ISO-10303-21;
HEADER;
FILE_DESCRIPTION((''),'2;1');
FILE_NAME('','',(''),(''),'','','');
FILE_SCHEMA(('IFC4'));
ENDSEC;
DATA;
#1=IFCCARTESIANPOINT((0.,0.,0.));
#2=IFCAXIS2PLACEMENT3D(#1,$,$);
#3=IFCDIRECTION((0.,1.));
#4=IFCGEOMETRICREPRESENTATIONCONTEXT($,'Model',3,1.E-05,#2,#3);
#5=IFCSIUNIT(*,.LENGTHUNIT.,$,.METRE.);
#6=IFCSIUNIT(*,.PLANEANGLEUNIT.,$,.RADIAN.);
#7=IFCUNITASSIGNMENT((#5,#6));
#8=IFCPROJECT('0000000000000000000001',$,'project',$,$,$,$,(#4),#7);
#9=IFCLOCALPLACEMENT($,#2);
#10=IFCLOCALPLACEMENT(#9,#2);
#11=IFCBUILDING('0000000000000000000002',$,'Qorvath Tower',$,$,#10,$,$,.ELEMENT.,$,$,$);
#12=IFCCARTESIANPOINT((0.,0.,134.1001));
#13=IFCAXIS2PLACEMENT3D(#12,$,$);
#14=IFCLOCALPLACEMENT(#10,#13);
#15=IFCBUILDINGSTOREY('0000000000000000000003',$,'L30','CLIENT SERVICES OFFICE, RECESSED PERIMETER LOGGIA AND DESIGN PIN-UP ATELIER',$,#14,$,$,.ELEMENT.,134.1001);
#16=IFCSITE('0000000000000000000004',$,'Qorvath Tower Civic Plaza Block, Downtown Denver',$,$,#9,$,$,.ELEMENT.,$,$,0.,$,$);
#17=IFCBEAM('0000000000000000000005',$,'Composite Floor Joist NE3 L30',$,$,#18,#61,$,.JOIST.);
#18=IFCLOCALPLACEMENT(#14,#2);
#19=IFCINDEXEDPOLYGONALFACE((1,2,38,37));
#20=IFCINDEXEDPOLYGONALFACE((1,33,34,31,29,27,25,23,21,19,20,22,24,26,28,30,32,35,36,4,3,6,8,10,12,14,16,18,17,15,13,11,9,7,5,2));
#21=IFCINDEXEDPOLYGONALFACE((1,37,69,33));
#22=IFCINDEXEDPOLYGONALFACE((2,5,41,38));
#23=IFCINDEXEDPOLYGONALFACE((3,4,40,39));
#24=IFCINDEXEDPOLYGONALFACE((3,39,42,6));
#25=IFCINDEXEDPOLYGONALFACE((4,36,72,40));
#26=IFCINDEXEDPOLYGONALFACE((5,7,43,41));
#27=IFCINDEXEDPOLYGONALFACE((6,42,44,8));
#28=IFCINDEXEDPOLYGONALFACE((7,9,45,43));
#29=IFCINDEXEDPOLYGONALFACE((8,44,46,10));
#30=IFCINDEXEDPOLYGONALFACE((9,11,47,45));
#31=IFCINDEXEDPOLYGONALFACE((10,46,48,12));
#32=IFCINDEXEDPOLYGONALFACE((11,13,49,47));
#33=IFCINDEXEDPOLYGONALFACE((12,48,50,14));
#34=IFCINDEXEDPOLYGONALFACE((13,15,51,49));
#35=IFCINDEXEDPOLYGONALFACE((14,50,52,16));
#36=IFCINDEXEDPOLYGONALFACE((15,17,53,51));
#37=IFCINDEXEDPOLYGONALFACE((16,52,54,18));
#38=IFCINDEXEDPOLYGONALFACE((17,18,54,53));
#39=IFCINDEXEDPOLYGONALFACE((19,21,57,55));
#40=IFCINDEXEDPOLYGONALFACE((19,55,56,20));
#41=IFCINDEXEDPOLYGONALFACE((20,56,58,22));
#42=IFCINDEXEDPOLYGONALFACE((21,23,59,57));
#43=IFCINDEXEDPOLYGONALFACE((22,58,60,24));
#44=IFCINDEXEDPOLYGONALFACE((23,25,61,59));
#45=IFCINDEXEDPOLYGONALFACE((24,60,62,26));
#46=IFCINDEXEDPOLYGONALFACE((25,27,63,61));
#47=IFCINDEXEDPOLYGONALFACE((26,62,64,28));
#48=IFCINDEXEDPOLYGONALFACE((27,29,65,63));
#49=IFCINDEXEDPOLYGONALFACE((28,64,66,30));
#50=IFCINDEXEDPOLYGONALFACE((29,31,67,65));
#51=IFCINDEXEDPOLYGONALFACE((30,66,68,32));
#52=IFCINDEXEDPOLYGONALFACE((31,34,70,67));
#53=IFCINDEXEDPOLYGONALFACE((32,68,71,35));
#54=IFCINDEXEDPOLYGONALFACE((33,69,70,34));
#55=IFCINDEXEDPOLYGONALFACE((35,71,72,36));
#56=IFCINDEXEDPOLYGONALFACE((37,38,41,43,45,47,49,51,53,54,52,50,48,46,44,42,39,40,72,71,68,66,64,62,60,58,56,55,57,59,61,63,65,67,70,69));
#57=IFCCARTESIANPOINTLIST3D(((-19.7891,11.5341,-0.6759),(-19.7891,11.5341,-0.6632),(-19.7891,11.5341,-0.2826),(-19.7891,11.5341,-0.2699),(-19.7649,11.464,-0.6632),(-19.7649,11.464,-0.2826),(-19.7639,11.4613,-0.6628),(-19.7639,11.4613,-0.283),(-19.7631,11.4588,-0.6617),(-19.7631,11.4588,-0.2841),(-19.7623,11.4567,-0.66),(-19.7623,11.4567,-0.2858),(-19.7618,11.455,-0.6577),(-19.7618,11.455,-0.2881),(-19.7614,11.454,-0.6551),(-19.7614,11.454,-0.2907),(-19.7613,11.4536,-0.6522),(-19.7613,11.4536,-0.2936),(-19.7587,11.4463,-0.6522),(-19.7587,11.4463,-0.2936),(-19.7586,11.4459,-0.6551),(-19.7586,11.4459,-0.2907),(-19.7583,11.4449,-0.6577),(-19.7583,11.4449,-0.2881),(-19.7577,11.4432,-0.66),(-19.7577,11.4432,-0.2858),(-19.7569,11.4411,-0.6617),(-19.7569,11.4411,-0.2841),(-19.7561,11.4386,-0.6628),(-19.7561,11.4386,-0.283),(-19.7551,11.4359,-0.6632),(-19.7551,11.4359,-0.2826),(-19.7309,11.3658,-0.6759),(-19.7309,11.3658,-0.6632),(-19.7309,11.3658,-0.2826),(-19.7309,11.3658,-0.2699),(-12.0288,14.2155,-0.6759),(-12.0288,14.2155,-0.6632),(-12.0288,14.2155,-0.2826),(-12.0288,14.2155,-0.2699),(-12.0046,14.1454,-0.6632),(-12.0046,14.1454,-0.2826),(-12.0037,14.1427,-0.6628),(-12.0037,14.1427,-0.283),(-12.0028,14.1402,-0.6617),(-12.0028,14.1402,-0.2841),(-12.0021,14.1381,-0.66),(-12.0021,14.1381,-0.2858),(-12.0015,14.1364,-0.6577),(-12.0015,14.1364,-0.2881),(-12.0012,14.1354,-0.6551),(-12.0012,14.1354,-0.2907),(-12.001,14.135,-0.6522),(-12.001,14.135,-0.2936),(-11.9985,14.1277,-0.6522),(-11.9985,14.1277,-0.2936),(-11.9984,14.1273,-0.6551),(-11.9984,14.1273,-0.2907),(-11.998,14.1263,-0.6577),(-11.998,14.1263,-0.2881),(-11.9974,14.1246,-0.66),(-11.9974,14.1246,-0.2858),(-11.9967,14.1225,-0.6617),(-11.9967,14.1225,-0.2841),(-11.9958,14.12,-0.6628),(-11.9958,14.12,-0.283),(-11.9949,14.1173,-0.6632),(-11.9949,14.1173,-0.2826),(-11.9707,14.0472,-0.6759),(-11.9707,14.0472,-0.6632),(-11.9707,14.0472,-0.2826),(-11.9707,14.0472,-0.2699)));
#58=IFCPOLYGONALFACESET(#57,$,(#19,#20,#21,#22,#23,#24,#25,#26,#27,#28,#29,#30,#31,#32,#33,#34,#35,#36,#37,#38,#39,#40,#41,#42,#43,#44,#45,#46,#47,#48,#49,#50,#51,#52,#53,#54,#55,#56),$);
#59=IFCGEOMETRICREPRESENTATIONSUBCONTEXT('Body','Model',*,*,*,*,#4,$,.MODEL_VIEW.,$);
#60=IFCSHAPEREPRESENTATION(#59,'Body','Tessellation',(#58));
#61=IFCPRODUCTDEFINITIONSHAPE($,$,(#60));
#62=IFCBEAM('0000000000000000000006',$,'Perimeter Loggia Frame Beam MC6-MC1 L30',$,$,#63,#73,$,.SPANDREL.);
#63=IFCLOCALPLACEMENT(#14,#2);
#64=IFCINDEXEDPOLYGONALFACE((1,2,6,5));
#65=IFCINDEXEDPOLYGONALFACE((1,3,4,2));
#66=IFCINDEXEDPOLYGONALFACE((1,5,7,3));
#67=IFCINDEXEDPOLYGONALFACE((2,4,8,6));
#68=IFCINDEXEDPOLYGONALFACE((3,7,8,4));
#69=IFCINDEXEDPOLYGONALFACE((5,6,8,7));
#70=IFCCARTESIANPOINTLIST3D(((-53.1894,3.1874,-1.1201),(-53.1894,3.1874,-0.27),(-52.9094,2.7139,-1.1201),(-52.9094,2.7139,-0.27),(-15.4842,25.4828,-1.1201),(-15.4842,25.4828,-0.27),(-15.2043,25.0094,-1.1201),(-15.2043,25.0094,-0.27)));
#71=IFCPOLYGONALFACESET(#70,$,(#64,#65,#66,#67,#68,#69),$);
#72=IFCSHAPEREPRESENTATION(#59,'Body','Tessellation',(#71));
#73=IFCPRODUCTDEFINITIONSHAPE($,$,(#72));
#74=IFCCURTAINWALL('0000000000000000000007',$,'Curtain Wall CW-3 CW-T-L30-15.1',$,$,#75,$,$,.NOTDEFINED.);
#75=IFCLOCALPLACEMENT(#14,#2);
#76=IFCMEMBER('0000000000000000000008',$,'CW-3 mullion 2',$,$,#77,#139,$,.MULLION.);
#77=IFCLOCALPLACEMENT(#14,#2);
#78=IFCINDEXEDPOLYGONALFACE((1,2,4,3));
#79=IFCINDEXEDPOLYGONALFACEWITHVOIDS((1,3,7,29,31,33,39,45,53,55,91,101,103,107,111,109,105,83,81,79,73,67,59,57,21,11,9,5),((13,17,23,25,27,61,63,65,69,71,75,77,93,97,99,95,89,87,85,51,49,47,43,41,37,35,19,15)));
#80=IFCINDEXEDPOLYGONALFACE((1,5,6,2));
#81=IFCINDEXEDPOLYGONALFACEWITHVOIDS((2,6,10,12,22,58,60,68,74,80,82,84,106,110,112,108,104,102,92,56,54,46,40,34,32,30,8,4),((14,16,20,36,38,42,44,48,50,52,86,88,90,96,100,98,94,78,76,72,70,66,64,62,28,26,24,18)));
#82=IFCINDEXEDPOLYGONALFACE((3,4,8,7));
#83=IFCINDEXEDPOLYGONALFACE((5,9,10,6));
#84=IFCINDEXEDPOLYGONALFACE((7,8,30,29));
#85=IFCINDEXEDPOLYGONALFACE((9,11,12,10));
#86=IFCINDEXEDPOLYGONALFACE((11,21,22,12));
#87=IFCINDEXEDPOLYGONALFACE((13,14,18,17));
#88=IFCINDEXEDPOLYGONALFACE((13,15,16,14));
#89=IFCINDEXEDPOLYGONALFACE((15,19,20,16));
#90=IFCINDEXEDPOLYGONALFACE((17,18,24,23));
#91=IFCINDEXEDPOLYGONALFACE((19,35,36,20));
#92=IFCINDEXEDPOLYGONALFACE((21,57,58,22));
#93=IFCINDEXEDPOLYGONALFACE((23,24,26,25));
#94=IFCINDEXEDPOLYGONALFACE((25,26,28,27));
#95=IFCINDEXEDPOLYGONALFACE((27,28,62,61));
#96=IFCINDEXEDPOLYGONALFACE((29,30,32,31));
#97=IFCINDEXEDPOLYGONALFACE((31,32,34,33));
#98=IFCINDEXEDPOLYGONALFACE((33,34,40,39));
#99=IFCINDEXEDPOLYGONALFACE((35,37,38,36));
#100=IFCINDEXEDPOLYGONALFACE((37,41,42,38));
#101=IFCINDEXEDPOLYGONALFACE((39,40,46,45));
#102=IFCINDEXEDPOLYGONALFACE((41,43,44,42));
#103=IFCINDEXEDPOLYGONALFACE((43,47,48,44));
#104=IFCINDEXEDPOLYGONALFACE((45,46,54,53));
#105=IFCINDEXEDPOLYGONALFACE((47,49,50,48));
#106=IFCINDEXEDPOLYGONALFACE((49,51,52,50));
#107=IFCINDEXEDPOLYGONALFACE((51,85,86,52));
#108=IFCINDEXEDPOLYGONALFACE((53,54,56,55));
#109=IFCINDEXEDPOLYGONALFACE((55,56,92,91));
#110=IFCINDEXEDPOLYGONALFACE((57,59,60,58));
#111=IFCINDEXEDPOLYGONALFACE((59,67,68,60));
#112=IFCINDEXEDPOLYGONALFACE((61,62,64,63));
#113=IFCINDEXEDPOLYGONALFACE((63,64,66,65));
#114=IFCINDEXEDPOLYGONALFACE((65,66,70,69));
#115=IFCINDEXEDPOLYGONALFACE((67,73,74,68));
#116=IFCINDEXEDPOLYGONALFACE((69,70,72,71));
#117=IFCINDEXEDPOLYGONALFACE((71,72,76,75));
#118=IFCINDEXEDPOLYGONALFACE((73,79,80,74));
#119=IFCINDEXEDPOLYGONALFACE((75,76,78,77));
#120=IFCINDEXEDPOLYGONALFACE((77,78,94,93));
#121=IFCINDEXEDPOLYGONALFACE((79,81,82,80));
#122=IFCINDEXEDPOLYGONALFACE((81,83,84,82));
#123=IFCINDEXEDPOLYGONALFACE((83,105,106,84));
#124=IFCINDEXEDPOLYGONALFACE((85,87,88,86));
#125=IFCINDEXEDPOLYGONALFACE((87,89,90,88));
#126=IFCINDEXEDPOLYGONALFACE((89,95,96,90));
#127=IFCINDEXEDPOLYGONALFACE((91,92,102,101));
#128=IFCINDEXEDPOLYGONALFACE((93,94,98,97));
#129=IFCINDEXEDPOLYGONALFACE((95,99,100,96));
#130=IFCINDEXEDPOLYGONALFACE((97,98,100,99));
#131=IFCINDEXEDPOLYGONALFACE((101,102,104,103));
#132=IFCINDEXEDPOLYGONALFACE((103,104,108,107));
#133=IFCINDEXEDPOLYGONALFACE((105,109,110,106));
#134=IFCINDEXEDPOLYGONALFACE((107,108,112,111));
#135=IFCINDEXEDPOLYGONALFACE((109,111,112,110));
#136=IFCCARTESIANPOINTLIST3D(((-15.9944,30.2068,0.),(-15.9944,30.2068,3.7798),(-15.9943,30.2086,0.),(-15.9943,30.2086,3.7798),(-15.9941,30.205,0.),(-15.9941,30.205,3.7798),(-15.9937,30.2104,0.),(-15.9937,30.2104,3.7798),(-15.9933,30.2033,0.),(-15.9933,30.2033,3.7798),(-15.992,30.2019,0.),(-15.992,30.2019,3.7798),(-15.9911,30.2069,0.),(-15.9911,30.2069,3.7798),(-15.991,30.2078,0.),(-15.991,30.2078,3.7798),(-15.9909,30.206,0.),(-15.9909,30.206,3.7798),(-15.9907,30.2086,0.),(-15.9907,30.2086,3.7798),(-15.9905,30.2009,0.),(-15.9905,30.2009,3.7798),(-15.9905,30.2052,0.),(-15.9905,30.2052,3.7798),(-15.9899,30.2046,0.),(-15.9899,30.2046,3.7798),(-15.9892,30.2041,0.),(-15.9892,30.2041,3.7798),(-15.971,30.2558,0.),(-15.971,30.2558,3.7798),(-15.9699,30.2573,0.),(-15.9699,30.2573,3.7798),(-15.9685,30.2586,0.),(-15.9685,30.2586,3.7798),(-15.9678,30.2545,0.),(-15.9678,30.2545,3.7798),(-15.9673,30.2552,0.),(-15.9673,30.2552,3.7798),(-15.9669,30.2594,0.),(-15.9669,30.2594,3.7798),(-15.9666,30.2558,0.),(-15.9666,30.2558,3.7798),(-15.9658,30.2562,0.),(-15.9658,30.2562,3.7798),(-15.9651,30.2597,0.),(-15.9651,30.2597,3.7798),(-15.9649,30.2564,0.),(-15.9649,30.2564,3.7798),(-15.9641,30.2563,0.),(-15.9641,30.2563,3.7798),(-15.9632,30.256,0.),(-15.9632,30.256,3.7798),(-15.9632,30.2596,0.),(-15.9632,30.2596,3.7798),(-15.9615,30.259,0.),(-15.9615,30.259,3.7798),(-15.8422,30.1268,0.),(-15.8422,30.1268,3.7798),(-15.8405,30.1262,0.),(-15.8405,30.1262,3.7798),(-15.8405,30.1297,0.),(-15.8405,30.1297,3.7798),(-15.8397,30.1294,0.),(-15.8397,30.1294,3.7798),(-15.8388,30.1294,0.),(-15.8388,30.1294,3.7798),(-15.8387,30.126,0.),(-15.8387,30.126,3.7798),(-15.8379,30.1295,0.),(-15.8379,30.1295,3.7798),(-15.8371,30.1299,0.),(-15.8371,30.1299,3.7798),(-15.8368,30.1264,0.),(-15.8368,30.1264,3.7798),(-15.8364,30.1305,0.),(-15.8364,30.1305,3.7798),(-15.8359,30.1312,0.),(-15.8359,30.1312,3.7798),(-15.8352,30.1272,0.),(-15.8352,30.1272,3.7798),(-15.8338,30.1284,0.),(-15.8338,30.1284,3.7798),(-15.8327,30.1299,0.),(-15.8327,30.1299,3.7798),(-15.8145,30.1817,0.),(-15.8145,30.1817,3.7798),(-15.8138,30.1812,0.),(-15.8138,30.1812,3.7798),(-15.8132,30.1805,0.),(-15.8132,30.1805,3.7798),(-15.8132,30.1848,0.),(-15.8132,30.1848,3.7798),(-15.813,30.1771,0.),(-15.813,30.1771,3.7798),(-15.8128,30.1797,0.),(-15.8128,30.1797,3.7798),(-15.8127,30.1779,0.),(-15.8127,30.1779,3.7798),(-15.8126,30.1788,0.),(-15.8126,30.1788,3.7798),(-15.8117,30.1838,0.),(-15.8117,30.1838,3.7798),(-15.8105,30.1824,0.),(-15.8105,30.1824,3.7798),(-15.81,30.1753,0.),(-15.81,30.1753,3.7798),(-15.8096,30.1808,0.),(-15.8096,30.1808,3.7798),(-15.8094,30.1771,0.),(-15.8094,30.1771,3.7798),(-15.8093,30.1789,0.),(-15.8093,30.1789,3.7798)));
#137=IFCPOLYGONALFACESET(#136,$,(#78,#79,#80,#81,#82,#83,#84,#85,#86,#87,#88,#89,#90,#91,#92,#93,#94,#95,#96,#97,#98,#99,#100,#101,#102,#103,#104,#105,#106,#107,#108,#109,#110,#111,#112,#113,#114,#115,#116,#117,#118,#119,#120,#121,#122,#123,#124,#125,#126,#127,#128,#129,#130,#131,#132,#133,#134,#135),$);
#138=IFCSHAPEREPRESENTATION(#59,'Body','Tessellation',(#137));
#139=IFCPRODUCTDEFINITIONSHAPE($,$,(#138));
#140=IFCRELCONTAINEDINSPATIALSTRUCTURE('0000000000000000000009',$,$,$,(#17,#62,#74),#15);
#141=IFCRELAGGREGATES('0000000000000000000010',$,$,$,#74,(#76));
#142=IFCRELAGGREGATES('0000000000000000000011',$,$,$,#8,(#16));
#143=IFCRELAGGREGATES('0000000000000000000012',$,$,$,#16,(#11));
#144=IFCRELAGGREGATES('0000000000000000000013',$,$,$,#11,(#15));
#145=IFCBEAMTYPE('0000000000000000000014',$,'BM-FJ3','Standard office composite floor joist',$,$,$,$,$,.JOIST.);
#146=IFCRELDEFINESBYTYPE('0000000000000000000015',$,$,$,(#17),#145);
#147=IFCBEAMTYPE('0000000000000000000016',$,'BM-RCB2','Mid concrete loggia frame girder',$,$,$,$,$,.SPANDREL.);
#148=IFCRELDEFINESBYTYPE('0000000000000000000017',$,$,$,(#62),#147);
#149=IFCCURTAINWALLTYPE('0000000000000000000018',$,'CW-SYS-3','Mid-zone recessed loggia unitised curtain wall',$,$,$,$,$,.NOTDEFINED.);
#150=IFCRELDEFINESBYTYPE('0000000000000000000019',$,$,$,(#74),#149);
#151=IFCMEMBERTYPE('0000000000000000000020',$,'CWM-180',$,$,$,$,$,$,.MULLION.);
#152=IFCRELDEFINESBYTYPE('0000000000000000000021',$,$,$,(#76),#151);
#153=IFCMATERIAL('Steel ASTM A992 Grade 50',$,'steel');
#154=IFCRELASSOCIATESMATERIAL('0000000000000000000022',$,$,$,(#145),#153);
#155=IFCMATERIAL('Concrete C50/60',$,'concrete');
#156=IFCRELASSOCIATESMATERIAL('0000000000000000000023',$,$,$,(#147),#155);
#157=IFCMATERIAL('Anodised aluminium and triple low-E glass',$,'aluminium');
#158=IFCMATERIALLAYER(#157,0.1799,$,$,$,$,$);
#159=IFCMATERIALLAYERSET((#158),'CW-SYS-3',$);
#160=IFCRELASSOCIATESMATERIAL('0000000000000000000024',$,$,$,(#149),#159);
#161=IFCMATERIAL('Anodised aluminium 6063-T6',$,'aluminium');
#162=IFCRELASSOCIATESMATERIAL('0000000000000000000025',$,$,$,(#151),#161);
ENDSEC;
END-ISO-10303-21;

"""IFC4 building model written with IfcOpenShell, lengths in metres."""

from ifc_helpers import new_model, si_unit, direction, frame, origin, origin_2d, place, context, subcontext, project, spatial, rectangle, hollow_rectangle, i_section, extrude, material, layer, layer_set, material_profile, profile_set, type_object, element, aggregate, save


model = new_model("IFC4")

# Units and contexts
model_context = context("Model", 3, precision=1e-05, world=origin(), true_north=direction((0.0, 1.0)))
body_context = subcontext(model_context, "Body", "Model", "MODEL_VIEW")
ifc_project = project(units=[si_unit("LENGTHUNIT", "METRE"), si_unit("PLANEANGLEUNIT", "RADIAN")], contexts=[model_context])

# Site, building, storey
site_placement = place(None, origin())
site = spatial("IfcSite", under=ifc_project, at=site_placement, Name="Qorvath Tower Civic Plaza Block, Downtown Denver", CompositionType="ELEMENT", RefElevation=0.0)
building_placement = place(site_placement, origin())
building = spatial("IfcBuilding", under=site, at=building_placement, Name="Qorvath Tower", CompositionType="ELEMENT")
storey_placement = place(building_placement, frame((0.0, 0.0, 134.1001)))
storey = spatial("IfcBuildingStorey", under=building, at=storey_placement, Name="L30", Description="CLIENT SERVICES OFFICE, RECESSED PERIMETER LOGGIA AND DESIGN PIN-UP ATELIER", CompositionType="ELEMENT", Elevation=134.1001)

# Beams
ifc_material_1 = material(Name="Steel ASTM A992 Grade 50", Category="steel")
ifc_material_profile_1 = material_profile(ifc_material_1, i_section(OverallWidth=0.178, OverallDepth=0.406, WebThickness=0.0078, FlangeThickness=0.0127, FilletRadius=0.011, at=origin_2d()), Name="W16x40")
ifc_profile_set_1 = profile_set([ifc_material_profile_1], Name="Steel ASTM A992 Grade 50")
beam_type_1 = type_object("IfcBeamType", Name="BM-FJ3", Description="Standard office composite floor joist", PredefinedType="JOIST", material=ifc_profile_set_1)
beam_1_placement = place(storey_placement, frame((-19.76, 11.45, -0.4729), z_axis=(0.945168, 0.326584, 0.0), x_axis=(-0.326584, 0.945168, 0.0)))
element("IfcBeam", 1, at=beam_1_placement, inside=storey, type_object=beam_type_1, Name="Composite Floor Joist NE3 L30", PredefinedType="JOIST", context=body_context, shape_type="SweptSolid", body=[
    extrude(i_section(OverallWidth=0.178, OverallDepth=0.406, WebThickness=0.0078, FlangeThickness=0.0127, FilletRadius=0.011, at=origin_2d()), origin(), (0.0, 0.0, 1.0), 8.2104),
])
ifc_material_2 = material(Name="Concrete C50/60", Category="concrete")
ifc_material_profile_2 = material_profile(ifc_material_2, rectangle(XDim=0.55, YDim=0.8501, at=origin_2d()), Name="RCB 850x550")
ifc_profile_set_2 = profile_set([ifc_material_profile_2], Name="Concrete C50/60")
beam_type_2 = type_object("IfcBeamType", Name="BM-RCB2", Description="Mid concrete loggia frame girder", PredefinedType="SPANDREL", material=ifc_profile_set_2)
beam_2_placement = place(storey_placement, frame((-15.3442, 25.2461, -0.6951), z_axis=(-0.860775, -0.508985, 0.0), x_axis=(0.508985, -0.860775, 0.0)))
element("IfcBeam", 2, at=beam_2_placement, inside=storey, type_object=beam_type_2, Name="Perimeter Loggia Frame Beam MC6-MC1 L30", PredefinedType="SPANDREL", context=body_context, shape_type="SweptSolid", body=[
    extrude(rectangle(XDim=0.55, YDim=0.8501, at=origin_2d()), origin(), (0.0, 0.0, 1.0), 43.8037),
])

# Curtain wall, member
ifc_material_3 = material(Name="Anodised aluminium and triple low-E glass", Category="aluminium")
ifc_layer_1 = layer(ifc_material_3, 0.1799)
ifc_layer_set_1 = layer_set([ifc_layer_1], Name="CW-SYS-3")
curtain_wall_type = type_object("IfcCurtainWallType", Name="CW-SYS-3", Description="Mid-zone recessed loggia unitised curtain wall", PredefinedType="NOTDEFINED", material=ifc_layer_set_1)
curtain_wall_1_placement = place(storey_placement, origin())
curtain_wall_1 = element("IfcCurtainWall", 3, at=curtain_wall_1_placement, inside=storey, type_object=curtain_wall_type, Name="Curtain Wall CW-3 CW-T-L30-15.1", PredefinedType="NOTDEFINED")
ifc_material_4 = material(Name="Anodised aluminium 6063-T6", Category="aluminium")
ifc_material_profile_3 = material_profile(ifc_material_4, hollow_rectangle(XDim=0.0649, YDim=0.1799, WallThickness=0.0034, InnerFilletRadius=0.0034, OuterFilletRadius=0.0071, at=origin_2d()), Name="CWM 180x65")
ifc_profile_set_3 = profile_set([ifc_material_profile_3], Name="Anodised aluminium 6063-T6")
member_type_1 = type_object("IfcMemberType", Name="CWM-180", PredefinedType="MULLION", material=ifc_profile_set_3)
member_1_placement = place(storey_placement, frame((-15.9019, 30.1929, 0.0), z_axis=(0.0, 0.0, 1.0), x_axis=(-0.447214, -0.894427, 0.0)))
member_1 = element("IfcMember", 4, at=member_1_placement, type_object=member_type_1, Name="CW-3 mullion 2", PredefinedType="MULLION", context=body_context, shape_type="SweptSolid", body=[
    extrude(hollow_rectangle(XDim=0.0649, YDim=0.1799, WallThickness=0.0034, InnerFilletRadius=0.0034, OuterFilletRadius=0.0071, at=origin_2d()), origin(), (0.0, 0.0, 1.0), 3.7798),
])

aggregate(curtain_wall_1, [member_1])

save(model, "model.ifc")
